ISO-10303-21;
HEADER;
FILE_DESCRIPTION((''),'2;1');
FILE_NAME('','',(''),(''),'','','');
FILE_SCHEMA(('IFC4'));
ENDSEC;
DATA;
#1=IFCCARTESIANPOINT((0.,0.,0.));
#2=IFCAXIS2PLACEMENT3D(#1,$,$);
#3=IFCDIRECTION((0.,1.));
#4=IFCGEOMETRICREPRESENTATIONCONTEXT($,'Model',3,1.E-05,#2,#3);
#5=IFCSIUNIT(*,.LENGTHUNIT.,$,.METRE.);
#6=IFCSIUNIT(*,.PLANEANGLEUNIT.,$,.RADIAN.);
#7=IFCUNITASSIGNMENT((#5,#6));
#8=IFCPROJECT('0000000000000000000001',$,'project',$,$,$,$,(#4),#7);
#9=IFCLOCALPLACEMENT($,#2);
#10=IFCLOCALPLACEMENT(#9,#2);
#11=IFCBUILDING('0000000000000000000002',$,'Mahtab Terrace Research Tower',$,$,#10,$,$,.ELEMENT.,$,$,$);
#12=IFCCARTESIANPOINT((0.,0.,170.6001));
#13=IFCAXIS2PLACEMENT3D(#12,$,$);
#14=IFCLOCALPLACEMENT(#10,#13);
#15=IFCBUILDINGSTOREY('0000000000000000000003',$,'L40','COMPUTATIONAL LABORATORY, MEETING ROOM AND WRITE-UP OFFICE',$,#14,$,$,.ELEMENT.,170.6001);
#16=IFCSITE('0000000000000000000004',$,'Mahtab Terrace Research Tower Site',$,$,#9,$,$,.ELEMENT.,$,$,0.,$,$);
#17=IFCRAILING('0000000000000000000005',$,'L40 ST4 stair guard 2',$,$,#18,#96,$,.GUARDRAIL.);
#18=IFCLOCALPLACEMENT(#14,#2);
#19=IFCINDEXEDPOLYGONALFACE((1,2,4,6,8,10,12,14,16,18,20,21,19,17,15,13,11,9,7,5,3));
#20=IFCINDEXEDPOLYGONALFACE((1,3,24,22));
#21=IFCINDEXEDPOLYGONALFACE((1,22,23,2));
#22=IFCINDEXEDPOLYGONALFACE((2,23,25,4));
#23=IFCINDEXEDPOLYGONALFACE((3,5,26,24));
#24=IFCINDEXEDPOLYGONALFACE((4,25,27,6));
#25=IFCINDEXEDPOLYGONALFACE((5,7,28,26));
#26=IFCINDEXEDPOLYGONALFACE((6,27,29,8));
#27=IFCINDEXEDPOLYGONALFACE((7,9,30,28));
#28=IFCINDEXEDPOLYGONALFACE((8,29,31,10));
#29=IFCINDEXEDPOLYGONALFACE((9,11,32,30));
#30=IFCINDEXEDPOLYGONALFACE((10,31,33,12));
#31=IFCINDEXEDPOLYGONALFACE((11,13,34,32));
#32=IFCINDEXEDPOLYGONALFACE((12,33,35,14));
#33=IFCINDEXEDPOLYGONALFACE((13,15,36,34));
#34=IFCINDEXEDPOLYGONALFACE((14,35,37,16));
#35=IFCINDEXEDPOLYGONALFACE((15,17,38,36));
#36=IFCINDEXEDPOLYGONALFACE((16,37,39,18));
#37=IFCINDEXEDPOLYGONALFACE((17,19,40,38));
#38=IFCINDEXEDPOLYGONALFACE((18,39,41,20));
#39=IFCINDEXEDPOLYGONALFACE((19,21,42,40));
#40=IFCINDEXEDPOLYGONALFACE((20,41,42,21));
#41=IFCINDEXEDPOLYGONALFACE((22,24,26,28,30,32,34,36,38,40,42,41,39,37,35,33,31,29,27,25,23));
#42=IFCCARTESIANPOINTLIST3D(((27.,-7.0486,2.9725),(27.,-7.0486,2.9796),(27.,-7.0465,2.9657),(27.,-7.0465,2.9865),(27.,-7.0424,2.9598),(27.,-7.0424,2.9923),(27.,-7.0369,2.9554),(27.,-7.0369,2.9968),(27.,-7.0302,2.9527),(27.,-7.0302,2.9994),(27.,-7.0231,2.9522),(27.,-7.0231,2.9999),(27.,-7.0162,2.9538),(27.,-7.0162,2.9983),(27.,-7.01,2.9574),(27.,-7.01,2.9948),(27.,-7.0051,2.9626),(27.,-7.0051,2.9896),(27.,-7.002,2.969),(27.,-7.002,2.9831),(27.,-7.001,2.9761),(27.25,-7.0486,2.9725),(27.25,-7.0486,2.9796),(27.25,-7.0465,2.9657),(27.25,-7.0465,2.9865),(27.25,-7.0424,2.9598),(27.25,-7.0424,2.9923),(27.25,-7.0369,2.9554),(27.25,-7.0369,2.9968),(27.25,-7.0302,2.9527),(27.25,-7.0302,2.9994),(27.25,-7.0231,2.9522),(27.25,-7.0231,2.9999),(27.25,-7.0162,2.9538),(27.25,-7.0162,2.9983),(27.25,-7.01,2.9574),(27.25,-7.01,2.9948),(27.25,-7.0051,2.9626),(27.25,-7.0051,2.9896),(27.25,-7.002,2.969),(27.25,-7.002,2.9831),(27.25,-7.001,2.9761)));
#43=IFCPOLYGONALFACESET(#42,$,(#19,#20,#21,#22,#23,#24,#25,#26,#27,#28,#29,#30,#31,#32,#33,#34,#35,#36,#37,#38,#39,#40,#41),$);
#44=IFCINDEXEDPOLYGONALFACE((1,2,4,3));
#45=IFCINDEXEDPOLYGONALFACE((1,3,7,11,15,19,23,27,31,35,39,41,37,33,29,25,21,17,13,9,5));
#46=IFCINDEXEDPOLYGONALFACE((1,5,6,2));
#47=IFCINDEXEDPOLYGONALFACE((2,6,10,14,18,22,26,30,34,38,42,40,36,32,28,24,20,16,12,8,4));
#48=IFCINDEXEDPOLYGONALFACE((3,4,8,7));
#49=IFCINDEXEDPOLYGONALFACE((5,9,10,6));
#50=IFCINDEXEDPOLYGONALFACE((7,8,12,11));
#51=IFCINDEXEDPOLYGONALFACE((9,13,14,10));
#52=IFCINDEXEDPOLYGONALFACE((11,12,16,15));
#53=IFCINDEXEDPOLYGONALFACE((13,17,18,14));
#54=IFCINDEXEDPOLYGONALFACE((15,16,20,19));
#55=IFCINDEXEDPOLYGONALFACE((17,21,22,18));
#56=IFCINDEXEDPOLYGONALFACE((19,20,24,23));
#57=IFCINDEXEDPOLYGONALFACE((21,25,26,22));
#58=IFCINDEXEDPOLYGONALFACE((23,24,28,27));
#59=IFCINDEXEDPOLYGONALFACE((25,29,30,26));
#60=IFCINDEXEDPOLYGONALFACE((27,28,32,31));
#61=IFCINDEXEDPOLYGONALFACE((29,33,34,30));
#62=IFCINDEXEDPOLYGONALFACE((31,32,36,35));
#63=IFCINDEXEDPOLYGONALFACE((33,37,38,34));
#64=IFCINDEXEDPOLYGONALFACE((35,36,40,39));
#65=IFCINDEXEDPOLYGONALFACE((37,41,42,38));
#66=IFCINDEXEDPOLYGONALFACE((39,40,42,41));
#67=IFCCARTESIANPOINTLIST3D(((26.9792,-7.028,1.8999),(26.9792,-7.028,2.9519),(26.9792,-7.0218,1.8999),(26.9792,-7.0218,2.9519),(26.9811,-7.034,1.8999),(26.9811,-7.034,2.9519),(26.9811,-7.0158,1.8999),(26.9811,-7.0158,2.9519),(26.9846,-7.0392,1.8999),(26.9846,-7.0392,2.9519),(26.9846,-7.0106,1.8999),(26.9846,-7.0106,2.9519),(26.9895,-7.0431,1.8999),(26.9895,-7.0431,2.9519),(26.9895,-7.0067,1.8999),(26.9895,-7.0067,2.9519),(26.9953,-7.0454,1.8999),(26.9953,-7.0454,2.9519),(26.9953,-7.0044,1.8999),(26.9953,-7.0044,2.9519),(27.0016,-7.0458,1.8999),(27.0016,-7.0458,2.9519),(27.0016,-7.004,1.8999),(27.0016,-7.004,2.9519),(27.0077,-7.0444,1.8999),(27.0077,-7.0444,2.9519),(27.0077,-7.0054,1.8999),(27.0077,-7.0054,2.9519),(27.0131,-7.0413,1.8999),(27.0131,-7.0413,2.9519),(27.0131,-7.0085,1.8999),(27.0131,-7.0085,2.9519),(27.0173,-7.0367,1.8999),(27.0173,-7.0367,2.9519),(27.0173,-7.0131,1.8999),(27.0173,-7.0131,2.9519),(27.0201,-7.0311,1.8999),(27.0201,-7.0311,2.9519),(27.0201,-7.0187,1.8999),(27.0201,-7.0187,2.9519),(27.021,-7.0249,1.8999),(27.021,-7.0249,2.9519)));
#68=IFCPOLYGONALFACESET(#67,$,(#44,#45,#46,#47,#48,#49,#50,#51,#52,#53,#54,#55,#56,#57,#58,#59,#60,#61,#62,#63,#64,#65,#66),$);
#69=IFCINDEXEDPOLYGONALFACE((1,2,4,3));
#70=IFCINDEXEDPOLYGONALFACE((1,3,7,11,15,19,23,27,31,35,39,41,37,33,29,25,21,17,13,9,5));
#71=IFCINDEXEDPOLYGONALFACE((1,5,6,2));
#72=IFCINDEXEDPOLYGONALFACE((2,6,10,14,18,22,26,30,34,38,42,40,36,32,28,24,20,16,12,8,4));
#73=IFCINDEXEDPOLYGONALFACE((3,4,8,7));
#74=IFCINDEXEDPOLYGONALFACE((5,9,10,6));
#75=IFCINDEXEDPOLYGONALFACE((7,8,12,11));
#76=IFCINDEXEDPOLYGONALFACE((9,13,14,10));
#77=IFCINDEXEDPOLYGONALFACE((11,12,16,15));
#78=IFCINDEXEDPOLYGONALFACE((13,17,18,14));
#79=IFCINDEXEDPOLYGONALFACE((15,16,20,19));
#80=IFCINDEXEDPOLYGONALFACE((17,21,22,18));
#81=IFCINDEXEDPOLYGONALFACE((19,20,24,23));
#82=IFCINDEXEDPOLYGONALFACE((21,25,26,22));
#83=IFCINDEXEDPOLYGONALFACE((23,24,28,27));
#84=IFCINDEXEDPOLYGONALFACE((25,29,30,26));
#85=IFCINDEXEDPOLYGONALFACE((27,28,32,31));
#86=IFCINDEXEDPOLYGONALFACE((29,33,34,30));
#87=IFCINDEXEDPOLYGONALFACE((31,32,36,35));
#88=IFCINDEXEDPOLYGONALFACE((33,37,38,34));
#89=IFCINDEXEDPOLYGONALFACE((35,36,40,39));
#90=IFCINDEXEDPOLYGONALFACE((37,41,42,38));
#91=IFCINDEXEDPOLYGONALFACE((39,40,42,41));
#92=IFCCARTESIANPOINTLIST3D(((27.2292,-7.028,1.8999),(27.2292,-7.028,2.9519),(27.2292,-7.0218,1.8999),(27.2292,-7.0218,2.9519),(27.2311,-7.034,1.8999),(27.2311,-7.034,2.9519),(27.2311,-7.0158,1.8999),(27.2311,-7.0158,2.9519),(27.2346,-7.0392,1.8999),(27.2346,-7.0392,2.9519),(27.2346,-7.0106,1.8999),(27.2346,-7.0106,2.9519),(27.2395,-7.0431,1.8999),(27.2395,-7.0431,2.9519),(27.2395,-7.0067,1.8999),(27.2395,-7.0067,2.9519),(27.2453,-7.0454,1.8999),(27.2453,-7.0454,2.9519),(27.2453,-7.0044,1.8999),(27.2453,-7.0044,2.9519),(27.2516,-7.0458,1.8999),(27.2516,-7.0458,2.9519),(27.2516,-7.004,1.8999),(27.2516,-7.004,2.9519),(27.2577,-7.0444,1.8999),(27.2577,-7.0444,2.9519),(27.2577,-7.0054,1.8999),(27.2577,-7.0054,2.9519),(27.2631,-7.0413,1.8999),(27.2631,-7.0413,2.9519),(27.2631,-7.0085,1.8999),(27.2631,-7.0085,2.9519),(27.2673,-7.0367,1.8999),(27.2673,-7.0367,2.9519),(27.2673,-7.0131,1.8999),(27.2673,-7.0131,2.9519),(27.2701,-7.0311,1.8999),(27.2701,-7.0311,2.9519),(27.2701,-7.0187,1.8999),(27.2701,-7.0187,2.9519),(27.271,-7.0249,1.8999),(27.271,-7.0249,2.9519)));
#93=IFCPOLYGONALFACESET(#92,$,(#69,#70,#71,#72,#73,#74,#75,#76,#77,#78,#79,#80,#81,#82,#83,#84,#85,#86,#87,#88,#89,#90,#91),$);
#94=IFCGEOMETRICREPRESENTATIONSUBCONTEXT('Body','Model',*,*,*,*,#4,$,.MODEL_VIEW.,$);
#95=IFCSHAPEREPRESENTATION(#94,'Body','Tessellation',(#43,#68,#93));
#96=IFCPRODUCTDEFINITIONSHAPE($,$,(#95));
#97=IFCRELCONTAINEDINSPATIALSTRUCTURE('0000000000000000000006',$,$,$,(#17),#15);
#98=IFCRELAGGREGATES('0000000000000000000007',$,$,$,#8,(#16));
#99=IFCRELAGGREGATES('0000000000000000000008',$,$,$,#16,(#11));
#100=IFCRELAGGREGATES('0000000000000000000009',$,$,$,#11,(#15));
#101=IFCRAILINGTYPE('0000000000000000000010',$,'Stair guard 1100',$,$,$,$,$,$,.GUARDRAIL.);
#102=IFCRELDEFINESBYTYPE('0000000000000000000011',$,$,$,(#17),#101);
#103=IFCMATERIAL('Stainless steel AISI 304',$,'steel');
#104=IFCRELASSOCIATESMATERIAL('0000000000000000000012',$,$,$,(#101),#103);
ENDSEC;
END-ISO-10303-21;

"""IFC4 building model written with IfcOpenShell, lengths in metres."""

from ifc_helpers import new_model, si_unit, direction, frame, origin, origin_2d, place, context, subcontext, project, spatial, circle, extrude, material, type_object, element, save


model = new_model("IFC4")

# Units and contexts
model_context = context("Model", 3, precision=1e-05, world=origin(), true_north=direction((0.0, 1.0)))
body_context = subcontext(model_context, "Body", "Model", "MODEL_VIEW")
ifc_project = project(units=[si_unit("LENGTHUNIT", "METRE"), si_unit("PLANEANGLEUNIT", "RADIAN")], contexts=[model_context])

# Site, building, storey
site_placement = place(None, origin())
site = spatial("IfcSite", under=ifc_project, at=site_placement, Name="Mahtab Terrace Research Tower Site", CompositionType="ELEMENT", RefElevation=0.0)
building_placement = place(site_placement, origin())
building = spatial("IfcBuilding", under=site, at=building_placement, Name="Mahtab Terrace Research Tower", CompositionType="ELEMENT")
storey_placement = place(building_placement, frame((0.0, 0.0, 170.6001)))
storey = spatial("IfcBuildingStorey", under=building, at=storey_placement, Name="L40", Description="COMPUTATIONAL LABORATORY, MEETING ROOM AND WRITE-UP OFFICE", CompositionType="ELEMENT", Elevation=170.6001)

# Railing
ifc_material_1 = material(Name="Stainless steel AISI 304", Category="steel")
railing_type_1 = type_object("IfcRailingType", Name="Stair guard 1100", PredefinedType="GUARDRAIL", material=ifc_material_1)
railing_1_placement = place(storey_placement, frame((27.0, -7.0249, 1.8999)))
element("IfcRailing", 1, at=railing_1_placement, inside=storey, type_object=railing_type_1, Name="L40 ST4 stair guard 2", PredefinedType="GUARDRAIL", context=body_context, shape_type="SweptSolid", body=[
    extrude(circle(Radius=0.0239, at=origin_2d()), frame((0.0, 0.0, 1.0762), z_axis=(1.0, 0.0, 0.0), x_axis=(0.0, 1.0, 0.0)), (0.0, 0.0, 1.0), 0.25),
    extrude(circle(Radius=0.021, at=origin_2d()), origin(), (0.0, 0.0, 1.0), 1.052),
    extrude(circle(Radius=0.021, at=origin_2d()), frame((0.25, 0.0, 0.0)), (0.0, 0.0, 1.0), 1.052),
])

save(model, "model.ifc")
